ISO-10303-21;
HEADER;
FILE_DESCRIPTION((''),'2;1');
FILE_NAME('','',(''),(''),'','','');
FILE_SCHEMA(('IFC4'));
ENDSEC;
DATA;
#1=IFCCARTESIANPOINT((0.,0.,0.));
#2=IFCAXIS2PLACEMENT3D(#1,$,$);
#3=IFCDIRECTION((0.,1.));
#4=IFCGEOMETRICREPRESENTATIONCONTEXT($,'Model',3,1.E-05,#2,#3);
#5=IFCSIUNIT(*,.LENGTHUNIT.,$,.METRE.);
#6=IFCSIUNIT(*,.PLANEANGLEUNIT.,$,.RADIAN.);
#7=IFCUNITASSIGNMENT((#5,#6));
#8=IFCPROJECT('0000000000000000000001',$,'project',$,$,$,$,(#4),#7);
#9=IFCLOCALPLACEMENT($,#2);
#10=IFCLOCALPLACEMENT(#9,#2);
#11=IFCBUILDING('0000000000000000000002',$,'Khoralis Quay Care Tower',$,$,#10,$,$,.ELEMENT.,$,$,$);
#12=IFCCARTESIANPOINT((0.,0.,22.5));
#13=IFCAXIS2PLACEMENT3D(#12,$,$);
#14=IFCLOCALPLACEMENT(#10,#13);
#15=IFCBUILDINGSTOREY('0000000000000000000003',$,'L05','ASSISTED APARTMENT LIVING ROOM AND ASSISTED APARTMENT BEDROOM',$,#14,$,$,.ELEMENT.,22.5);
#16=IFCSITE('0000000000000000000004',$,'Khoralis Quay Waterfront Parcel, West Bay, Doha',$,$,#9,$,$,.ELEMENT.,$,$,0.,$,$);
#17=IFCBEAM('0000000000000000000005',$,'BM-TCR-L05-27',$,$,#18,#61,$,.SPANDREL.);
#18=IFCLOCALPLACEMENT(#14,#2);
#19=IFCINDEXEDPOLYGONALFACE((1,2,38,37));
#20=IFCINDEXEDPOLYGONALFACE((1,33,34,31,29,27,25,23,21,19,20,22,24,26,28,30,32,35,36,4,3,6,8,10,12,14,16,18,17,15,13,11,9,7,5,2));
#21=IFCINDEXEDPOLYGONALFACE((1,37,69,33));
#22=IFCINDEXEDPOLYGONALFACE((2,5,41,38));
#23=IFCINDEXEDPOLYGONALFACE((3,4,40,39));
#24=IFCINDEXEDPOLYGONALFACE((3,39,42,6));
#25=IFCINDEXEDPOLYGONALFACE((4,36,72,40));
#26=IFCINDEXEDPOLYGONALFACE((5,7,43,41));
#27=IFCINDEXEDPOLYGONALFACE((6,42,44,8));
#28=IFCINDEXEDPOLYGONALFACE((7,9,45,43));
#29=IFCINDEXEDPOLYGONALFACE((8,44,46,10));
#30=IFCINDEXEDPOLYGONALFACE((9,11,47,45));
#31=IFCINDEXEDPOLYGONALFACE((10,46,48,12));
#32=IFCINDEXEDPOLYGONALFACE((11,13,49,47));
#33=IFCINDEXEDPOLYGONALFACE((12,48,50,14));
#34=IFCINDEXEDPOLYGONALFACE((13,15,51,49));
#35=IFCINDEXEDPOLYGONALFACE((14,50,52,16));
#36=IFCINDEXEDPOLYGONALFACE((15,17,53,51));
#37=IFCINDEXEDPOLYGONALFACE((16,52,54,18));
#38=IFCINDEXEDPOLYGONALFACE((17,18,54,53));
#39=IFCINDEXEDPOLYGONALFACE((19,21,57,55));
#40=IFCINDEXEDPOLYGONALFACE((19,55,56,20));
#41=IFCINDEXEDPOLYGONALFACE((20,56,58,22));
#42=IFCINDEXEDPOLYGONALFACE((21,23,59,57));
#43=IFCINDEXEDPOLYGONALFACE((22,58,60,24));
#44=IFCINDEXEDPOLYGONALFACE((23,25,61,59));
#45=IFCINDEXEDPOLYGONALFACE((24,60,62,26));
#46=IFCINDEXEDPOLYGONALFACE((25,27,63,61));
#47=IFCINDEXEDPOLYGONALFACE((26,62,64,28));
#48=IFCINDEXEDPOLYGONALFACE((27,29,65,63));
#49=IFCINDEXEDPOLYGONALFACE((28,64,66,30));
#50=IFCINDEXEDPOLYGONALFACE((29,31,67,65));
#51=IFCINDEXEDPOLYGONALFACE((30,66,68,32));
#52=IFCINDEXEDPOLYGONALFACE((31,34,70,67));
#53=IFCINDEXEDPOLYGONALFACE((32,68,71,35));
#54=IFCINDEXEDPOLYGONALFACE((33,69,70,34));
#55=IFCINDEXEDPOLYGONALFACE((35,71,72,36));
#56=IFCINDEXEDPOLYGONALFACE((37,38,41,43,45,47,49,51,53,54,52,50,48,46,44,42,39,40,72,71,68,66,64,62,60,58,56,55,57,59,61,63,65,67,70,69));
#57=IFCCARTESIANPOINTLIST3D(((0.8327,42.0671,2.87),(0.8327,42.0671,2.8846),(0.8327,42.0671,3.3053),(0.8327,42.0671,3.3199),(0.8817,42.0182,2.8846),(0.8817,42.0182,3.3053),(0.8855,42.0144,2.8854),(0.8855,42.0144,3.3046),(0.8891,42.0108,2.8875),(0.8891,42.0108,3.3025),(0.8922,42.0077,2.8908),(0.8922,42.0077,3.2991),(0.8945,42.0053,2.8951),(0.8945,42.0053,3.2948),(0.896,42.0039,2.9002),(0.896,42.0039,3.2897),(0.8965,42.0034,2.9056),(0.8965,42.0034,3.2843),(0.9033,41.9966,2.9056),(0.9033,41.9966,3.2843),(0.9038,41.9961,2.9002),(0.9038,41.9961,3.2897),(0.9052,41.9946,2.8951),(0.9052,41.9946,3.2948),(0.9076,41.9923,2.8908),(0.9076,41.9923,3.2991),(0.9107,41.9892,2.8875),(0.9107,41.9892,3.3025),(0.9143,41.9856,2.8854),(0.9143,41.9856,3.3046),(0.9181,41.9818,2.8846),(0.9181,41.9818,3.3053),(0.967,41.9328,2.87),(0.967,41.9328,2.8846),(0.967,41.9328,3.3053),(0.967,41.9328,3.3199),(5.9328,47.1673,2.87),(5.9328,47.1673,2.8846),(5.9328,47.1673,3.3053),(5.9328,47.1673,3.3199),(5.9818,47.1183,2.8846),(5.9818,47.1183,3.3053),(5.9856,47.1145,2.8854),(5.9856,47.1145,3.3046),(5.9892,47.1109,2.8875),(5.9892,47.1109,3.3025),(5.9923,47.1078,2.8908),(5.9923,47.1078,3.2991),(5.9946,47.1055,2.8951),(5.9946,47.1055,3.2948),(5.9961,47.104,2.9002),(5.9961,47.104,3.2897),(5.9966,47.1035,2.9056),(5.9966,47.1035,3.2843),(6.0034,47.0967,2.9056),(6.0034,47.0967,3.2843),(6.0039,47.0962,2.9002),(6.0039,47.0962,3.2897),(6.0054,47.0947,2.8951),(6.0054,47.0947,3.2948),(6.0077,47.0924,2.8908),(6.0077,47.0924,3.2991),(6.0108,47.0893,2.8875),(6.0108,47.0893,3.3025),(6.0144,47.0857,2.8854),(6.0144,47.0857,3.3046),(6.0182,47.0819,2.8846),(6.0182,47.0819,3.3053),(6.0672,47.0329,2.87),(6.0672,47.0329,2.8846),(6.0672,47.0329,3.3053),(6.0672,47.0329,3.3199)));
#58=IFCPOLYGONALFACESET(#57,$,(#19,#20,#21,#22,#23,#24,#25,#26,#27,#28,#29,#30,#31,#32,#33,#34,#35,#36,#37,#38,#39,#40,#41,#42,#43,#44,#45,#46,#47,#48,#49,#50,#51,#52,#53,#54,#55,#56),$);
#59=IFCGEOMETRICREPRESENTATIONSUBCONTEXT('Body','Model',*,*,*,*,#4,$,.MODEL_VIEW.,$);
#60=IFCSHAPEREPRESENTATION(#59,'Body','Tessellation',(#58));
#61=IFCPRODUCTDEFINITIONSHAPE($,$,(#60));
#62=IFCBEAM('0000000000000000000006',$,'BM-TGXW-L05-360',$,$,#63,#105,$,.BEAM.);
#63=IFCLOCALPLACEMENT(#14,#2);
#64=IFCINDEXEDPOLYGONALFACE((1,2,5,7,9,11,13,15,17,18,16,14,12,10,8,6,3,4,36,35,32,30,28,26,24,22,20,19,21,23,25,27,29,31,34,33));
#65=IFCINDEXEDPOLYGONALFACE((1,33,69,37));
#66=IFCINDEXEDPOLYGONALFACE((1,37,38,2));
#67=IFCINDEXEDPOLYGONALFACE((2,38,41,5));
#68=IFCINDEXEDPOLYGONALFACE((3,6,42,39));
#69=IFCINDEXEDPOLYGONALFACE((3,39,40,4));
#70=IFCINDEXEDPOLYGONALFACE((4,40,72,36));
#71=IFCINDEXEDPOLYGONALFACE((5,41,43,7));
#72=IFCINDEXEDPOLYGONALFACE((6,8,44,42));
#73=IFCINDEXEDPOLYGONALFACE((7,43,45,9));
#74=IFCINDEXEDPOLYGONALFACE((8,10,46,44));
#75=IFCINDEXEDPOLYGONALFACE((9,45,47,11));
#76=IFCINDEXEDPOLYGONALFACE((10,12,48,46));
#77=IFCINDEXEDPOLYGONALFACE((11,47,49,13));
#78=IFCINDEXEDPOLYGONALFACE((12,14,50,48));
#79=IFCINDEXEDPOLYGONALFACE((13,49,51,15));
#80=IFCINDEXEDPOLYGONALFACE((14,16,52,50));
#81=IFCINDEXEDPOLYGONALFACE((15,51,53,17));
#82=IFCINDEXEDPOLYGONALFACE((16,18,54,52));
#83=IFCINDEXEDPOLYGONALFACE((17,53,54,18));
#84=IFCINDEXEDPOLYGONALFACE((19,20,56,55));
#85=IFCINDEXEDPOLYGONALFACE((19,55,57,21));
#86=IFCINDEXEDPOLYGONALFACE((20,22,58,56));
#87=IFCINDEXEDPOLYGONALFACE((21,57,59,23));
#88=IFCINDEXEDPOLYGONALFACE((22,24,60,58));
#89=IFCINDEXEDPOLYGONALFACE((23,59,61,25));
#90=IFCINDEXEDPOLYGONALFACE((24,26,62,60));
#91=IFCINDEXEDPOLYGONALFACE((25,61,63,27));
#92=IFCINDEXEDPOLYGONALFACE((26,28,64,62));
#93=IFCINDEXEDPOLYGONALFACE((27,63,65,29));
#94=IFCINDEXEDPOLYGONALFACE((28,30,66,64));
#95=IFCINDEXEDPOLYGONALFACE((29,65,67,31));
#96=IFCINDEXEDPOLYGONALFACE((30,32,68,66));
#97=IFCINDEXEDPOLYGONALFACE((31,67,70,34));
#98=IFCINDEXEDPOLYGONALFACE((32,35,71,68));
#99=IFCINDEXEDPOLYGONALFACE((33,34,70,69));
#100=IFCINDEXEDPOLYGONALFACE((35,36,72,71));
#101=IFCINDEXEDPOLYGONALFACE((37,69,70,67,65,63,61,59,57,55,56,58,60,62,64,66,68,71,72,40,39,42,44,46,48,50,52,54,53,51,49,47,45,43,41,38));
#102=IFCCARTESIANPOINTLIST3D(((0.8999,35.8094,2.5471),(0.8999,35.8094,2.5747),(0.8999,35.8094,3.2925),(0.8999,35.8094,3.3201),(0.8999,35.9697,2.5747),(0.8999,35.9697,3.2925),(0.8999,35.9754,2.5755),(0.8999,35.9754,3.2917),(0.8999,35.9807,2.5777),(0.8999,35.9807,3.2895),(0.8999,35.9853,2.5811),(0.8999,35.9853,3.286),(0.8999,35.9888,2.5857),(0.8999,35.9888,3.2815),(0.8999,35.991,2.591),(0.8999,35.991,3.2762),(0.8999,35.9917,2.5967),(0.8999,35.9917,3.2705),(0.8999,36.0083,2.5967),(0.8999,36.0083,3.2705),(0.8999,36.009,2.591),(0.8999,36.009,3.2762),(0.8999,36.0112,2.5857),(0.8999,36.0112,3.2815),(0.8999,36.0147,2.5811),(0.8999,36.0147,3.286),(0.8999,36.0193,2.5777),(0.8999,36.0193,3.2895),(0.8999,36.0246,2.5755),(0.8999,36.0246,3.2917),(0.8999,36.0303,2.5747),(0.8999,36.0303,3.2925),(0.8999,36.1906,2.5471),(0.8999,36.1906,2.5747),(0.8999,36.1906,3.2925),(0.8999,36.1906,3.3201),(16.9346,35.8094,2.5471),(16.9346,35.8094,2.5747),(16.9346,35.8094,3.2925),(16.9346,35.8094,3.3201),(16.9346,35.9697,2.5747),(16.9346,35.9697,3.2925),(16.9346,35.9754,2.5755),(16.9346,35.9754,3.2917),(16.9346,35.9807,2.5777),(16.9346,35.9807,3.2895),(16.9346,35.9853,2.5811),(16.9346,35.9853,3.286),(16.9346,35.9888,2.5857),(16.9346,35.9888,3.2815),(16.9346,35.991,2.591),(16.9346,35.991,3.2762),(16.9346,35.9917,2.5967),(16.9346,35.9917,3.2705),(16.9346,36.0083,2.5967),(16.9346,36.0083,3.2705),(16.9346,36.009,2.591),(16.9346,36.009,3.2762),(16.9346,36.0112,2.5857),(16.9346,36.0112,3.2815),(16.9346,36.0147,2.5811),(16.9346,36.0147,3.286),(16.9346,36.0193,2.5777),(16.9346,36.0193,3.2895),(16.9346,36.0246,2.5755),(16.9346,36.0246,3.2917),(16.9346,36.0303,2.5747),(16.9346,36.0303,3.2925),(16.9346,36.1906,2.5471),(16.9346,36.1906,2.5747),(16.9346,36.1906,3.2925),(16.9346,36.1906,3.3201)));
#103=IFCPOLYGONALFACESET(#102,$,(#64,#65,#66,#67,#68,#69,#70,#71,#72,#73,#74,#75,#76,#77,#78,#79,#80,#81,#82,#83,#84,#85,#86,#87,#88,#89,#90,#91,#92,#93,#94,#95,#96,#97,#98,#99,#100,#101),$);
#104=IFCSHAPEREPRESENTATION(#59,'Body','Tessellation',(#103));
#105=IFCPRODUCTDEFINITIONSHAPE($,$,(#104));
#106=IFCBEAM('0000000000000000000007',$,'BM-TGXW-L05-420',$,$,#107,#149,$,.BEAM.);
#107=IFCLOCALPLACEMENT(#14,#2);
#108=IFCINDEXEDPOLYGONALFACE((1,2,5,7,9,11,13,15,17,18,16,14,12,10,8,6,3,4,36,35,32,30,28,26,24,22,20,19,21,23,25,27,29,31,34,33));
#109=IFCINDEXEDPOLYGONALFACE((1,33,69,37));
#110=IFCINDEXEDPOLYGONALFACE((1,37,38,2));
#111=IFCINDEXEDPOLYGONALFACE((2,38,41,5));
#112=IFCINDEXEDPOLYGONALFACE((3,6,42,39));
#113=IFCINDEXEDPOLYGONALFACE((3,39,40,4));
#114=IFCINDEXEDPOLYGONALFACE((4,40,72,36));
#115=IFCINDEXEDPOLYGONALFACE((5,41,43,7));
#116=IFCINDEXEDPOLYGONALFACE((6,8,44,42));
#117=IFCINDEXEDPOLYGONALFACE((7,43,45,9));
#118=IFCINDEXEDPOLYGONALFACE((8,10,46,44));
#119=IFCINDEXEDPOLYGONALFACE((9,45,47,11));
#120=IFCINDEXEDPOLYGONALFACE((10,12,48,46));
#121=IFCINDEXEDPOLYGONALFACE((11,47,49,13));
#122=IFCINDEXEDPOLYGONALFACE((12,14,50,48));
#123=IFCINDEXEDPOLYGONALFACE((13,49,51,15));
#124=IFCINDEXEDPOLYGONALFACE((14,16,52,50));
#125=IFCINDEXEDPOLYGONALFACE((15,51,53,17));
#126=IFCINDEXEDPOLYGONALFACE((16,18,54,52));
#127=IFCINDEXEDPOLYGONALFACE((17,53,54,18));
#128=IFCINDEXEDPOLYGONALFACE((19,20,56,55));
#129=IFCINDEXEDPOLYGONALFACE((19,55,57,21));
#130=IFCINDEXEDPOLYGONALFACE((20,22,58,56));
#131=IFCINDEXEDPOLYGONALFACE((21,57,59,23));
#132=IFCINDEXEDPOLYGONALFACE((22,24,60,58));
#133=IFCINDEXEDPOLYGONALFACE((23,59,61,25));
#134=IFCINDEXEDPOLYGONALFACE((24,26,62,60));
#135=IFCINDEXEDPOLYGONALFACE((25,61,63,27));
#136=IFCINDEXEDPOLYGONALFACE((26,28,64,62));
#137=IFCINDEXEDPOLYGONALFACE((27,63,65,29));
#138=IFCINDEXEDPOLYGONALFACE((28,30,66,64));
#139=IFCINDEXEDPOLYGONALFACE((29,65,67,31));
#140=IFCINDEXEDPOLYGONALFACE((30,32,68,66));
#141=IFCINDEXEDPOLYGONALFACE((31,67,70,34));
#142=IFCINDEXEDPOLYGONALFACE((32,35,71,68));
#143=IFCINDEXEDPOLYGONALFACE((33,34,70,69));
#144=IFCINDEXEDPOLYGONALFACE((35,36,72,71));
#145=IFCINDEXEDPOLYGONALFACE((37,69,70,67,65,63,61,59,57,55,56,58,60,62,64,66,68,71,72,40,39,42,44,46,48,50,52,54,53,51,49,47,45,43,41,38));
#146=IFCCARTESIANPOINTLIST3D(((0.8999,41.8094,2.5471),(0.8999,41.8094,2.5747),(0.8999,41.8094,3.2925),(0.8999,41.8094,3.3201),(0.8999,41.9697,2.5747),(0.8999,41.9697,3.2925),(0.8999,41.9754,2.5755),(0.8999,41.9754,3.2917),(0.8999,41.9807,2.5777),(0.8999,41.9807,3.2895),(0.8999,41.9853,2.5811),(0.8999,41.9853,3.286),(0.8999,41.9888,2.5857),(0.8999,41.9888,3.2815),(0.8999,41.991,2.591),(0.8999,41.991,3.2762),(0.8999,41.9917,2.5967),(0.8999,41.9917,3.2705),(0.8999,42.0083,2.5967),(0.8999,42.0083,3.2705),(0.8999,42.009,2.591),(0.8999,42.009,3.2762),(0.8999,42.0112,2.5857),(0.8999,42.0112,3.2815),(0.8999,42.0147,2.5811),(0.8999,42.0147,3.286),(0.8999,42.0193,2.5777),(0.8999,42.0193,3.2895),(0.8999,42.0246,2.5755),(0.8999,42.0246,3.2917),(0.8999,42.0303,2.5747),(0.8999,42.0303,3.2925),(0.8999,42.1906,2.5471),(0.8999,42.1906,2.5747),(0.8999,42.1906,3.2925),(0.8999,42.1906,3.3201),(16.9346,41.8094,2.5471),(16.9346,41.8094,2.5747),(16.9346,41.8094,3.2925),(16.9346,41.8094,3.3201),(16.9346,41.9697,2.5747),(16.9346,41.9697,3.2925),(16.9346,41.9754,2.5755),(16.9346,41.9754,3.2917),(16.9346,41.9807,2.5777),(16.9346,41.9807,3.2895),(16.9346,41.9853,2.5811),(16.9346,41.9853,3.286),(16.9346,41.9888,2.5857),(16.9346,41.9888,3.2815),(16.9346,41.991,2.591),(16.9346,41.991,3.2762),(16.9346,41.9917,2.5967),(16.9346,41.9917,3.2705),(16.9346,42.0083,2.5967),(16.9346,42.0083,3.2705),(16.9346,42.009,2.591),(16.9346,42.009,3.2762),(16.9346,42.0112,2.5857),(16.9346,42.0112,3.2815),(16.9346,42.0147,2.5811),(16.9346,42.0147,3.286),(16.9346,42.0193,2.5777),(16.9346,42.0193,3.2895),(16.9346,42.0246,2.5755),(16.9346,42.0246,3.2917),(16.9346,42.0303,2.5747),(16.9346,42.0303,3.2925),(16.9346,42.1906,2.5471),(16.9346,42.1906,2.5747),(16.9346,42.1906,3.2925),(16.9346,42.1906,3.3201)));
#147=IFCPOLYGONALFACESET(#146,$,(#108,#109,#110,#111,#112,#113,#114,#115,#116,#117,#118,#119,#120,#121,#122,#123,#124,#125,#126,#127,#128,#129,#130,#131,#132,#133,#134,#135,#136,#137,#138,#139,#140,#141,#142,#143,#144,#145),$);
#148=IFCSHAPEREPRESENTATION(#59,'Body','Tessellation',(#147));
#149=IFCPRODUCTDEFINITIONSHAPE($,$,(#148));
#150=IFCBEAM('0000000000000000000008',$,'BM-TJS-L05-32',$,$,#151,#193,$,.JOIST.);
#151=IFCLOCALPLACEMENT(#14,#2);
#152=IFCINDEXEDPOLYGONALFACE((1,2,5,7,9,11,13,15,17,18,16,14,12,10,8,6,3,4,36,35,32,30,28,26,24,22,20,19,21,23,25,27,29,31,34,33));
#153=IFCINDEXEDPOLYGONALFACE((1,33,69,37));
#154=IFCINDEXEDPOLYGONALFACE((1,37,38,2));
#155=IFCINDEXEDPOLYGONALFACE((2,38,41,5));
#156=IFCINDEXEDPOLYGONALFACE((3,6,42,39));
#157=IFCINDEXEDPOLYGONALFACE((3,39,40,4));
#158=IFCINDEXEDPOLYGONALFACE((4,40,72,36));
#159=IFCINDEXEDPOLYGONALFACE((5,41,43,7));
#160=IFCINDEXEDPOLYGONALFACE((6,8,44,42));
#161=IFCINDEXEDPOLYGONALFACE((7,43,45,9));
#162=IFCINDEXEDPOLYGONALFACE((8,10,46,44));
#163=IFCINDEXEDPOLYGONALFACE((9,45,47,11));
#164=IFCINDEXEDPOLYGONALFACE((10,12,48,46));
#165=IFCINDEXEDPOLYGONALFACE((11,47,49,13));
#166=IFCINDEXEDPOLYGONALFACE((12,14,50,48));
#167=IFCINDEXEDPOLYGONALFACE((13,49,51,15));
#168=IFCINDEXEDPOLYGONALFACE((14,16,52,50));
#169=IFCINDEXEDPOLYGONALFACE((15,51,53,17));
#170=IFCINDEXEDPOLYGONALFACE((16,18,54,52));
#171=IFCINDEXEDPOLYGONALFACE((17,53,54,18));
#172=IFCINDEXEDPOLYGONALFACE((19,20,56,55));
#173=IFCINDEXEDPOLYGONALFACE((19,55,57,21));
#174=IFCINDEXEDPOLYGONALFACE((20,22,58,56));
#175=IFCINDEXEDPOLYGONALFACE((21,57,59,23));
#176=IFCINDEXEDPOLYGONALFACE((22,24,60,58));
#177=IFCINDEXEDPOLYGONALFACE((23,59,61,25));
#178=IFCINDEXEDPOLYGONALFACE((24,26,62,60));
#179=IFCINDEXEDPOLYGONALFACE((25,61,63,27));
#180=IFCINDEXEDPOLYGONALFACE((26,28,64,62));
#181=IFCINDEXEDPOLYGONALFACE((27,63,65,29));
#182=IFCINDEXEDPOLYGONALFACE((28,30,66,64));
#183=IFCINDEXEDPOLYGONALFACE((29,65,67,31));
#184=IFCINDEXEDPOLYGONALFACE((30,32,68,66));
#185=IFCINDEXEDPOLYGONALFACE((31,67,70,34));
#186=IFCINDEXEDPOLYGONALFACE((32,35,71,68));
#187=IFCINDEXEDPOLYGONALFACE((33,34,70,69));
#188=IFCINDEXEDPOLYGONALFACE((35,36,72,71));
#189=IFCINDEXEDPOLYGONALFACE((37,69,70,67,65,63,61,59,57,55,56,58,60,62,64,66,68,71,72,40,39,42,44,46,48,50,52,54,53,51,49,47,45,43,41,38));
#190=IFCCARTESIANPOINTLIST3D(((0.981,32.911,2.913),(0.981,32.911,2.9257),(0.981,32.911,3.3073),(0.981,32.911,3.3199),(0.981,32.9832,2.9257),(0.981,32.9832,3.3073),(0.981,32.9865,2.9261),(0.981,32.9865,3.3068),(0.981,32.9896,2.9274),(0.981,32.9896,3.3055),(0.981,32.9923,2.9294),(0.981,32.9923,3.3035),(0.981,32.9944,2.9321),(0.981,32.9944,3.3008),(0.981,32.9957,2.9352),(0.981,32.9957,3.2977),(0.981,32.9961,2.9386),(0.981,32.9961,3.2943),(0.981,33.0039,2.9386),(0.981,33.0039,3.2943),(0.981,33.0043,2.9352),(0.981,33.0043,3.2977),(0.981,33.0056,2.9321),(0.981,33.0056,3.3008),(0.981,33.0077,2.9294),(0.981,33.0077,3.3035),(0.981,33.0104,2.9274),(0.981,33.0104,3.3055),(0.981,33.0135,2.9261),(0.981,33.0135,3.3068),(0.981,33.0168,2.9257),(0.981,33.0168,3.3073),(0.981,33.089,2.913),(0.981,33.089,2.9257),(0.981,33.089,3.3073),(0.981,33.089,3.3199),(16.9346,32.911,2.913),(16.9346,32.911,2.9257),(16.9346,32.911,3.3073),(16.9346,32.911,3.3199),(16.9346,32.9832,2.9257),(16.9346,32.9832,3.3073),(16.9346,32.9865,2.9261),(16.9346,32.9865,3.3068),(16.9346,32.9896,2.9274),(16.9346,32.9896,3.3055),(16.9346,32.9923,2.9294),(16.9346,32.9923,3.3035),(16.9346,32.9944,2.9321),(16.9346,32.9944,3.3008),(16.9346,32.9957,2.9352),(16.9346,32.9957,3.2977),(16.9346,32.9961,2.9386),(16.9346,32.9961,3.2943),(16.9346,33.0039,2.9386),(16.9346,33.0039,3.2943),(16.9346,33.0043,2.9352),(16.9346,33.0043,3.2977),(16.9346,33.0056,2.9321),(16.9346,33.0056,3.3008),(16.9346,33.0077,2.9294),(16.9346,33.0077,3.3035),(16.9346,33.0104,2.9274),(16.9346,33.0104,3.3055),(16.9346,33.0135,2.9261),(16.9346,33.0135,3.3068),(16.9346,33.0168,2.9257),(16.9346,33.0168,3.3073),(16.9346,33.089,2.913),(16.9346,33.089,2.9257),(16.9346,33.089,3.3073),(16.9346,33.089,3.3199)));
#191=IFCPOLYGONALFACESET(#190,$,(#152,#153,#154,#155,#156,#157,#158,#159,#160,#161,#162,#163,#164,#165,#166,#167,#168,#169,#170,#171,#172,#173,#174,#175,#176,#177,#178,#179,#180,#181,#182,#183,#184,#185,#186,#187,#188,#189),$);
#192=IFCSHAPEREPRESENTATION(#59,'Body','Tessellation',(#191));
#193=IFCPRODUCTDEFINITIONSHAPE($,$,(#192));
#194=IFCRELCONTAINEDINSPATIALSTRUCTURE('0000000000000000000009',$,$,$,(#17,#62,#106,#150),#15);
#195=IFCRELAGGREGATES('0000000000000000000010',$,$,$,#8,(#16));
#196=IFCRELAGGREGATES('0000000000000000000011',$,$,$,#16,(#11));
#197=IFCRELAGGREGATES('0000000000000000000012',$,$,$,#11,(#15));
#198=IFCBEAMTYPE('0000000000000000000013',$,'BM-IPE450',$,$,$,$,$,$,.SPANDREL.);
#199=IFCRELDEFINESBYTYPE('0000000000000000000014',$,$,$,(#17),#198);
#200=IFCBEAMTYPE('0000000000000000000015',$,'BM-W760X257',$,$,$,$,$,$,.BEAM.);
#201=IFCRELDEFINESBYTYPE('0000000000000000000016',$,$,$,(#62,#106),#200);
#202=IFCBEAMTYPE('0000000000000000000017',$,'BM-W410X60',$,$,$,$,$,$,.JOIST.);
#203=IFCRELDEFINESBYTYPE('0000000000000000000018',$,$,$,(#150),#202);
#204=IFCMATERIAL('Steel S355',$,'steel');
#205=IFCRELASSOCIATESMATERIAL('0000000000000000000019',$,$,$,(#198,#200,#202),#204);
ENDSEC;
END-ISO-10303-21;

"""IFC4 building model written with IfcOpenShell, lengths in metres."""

from ifc_helpers import new_model, si_unit, direction, frame, origin, origin_2d, place, context, subcontext, project, spatial, i_section, extrude, source, transform, mapped, material, material_profile, profile_set, type_object, element, save


model = new_model("IFC4")

# Units and contexts
model_context = context("Model", 3, precision=1e-05, world=origin(), true_north=direction((0.0, 1.0)))
body_context = subcontext(model_context, "Body", "Model", "MODEL_VIEW")
ifc_project = project(units=[si_unit("LENGTHUNIT", "METRE"), si_unit("PLANEANGLEUNIT", "RADIAN")], contexts=[model_context])

# Site, building, storey
site_placement = place(None, origin())
site = spatial("IfcSite", under=ifc_project, at=site_placement, Name="Khoralis Quay Waterfront Parcel, West Bay, Doha", CompositionType="ELEMENT", RefElevation=0.0)
building_placement = place(site_placement, origin())
building = spatial("IfcBuilding", under=site, at=building_placement, Name="Khoralis Quay Care Tower", CompositionType="ELEMENT")
storey_placement = place(building_placement, frame((0.0, 0.0, 22.5)))
storey = spatial("IfcBuildingStorey", under=building, at=storey_placement, Name="L05", Description="ASSISTED APARTMENT LIVING ROOM AND ASSISTED APARTMENT BEDROOM", CompositionType="ELEMENT", Elevation=22.5)

# Beams
ifc_material_1 = material(Name="Steel S355", Category="steel")
ifc_material_profile_1 = material_profile(ifc_material_1, i_section(OverallWidth=0.1899, OverallDepth=0.45, WebThickness=0.0095, FlangeThickness=0.0146, FilletRadius=0.021, at=origin_2d()), Name="Steel S355")
ifc_profile_set_1 = profile_set([ifc_material_profile_1], Name="Steel S355")
beam_type_1 = type_object("IfcBeamType", Name="BM-IPE450", PredefinedType="SPANDREL", material=ifc_profile_set_1)
shared_shape_1 = source(origin(), body_context, "Body", "SweptSolid", [
    extrude(i_section(OverallWidth=0.1899, OverallDepth=0.45, WebThickness=0.0095, FlangeThickness=0.0146, FilletRadius=0.021, at=origin_2d()), origin(), (0.0, 0.0, 1.0), 7.2126),
])
beam_1_placement = place(storey_placement, frame((6.0, 47.1001, 3.095), z_axis=(-0.707107, -0.707107, 0.0), x_axis=(0.707107, -0.707107, 0.0)))
element("IfcBeam", 1, at=beam_1_placement, inside=storey, type_object=beam_type_1, Name="BM-TCR-L05-27", PredefinedType="SPANDREL", context=body_context, shape_type="MappedRepresentation", body=[
    mapped(shared_shape_1, transform((0.0, 0.0, 0.0), scale=1.0)),
])
ifc_material_profile_2 = material_profile(ifc_material_1, i_section(OverallWidth=0.3811, OverallDepth=0.7729, WebThickness=0.0166, FlangeThickness=0.0276, FilletRadius=0.022, at=origin_2d()), Name="Steel S355")
ifc_profile_set_2 = profile_set([ifc_material_profile_2], Name="Steel S355")
beam_type_2 = type_object("IfcBeamType", Name="BM-W760X257", PredefinedType="BEAM", material=ifc_profile_set_2)
shared_shape_2 = source(origin(), body_context, "Body", "SweptSolid", [
    extrude(i_section(OverallWidth=0.3811, OverallDepth=0.7729, WebThickness=0.0166, FlangeThickness=0.0276, FilletRadius=0.022, at=origin_2d()), origin(), (0.0, 0.0, 1.0), 16.0347),
])
for number, where, z_axis, x_axis, name in (
    (2, (0.8999, 36.0, 2.9336), (1.0, 0.0, 0.0), (0.0, 1.0, 0.0), "BM-TGXW-L05-360"),
    (3, (0.8999, 42.0, 2.9336), (1.0, 0.0, 0.0), (0.0, 1.0, 0.0), "BM-TGXW-L05-420"),
):
    element("IfcBeam", number, at=place(storey_placement, frame(where, z_axis=z_axis, x_axis=x_axis)), inside=storey, type_object=beam_type_2, Name=name, PredefinedType="BEAM", context=body_context, shape_type="MappedRepresentation", body=[
        mapped(shared_shape_2, transform((0.0, 0.0, 0.0), scale=1.0)),
    ])
ifc_material_profile_3 = material_profile(ifc_material_1, i_section(OverallWidth=0.178, OverallDepth=0.407, WebThickness=0.0078, FlangeThickness=0.0127, FilletRadius=0.0129, at=origin_2d()), Name="Steel S355")
ifc_profile_set_3 = profile_set([ifc_material_profile_3], Name="Steel S355")
beam_type_3 = type_object("IfcBeamType", Name="BM-W410X60", PredefinedType="JOIST", material=ifc_profile_set_3)
shared_shape_3 = source(origin(), body_context, "Body", "SweptSolid", [
    extrude(i_section(OverallWidth=0.178, OverallDepth=0.407, WebThickness=0.0078, FlangeThickness=0.0127, FilletRadius=0.0129, at=origin_2d()), origin(), (0.0, 0.0, 1.0), 15.9536),
])
for number, where, z_axis, x_axis, name in (
    (4, (0.981, 33.0, 3.1165), (1.0, 0.0, 0.0), (0.0, 1.0, 0.0), "BM-TJS-L05-32"),
):
    element("IfcBeam", number, at=place(storey_placement, frame(where, z_axis=z_axis, x_axis=x_axis)), inside=storey, type_object=beam_type_3, Name=name, PredefinedType="JOIST", context=body_context, shape_type="MappedRepresentation", body=[
        mapped(shared_shape_3, transform((0.0, 0.0, 0.0), scale=1.0)),
    ])

save(model, "model.ifc")
